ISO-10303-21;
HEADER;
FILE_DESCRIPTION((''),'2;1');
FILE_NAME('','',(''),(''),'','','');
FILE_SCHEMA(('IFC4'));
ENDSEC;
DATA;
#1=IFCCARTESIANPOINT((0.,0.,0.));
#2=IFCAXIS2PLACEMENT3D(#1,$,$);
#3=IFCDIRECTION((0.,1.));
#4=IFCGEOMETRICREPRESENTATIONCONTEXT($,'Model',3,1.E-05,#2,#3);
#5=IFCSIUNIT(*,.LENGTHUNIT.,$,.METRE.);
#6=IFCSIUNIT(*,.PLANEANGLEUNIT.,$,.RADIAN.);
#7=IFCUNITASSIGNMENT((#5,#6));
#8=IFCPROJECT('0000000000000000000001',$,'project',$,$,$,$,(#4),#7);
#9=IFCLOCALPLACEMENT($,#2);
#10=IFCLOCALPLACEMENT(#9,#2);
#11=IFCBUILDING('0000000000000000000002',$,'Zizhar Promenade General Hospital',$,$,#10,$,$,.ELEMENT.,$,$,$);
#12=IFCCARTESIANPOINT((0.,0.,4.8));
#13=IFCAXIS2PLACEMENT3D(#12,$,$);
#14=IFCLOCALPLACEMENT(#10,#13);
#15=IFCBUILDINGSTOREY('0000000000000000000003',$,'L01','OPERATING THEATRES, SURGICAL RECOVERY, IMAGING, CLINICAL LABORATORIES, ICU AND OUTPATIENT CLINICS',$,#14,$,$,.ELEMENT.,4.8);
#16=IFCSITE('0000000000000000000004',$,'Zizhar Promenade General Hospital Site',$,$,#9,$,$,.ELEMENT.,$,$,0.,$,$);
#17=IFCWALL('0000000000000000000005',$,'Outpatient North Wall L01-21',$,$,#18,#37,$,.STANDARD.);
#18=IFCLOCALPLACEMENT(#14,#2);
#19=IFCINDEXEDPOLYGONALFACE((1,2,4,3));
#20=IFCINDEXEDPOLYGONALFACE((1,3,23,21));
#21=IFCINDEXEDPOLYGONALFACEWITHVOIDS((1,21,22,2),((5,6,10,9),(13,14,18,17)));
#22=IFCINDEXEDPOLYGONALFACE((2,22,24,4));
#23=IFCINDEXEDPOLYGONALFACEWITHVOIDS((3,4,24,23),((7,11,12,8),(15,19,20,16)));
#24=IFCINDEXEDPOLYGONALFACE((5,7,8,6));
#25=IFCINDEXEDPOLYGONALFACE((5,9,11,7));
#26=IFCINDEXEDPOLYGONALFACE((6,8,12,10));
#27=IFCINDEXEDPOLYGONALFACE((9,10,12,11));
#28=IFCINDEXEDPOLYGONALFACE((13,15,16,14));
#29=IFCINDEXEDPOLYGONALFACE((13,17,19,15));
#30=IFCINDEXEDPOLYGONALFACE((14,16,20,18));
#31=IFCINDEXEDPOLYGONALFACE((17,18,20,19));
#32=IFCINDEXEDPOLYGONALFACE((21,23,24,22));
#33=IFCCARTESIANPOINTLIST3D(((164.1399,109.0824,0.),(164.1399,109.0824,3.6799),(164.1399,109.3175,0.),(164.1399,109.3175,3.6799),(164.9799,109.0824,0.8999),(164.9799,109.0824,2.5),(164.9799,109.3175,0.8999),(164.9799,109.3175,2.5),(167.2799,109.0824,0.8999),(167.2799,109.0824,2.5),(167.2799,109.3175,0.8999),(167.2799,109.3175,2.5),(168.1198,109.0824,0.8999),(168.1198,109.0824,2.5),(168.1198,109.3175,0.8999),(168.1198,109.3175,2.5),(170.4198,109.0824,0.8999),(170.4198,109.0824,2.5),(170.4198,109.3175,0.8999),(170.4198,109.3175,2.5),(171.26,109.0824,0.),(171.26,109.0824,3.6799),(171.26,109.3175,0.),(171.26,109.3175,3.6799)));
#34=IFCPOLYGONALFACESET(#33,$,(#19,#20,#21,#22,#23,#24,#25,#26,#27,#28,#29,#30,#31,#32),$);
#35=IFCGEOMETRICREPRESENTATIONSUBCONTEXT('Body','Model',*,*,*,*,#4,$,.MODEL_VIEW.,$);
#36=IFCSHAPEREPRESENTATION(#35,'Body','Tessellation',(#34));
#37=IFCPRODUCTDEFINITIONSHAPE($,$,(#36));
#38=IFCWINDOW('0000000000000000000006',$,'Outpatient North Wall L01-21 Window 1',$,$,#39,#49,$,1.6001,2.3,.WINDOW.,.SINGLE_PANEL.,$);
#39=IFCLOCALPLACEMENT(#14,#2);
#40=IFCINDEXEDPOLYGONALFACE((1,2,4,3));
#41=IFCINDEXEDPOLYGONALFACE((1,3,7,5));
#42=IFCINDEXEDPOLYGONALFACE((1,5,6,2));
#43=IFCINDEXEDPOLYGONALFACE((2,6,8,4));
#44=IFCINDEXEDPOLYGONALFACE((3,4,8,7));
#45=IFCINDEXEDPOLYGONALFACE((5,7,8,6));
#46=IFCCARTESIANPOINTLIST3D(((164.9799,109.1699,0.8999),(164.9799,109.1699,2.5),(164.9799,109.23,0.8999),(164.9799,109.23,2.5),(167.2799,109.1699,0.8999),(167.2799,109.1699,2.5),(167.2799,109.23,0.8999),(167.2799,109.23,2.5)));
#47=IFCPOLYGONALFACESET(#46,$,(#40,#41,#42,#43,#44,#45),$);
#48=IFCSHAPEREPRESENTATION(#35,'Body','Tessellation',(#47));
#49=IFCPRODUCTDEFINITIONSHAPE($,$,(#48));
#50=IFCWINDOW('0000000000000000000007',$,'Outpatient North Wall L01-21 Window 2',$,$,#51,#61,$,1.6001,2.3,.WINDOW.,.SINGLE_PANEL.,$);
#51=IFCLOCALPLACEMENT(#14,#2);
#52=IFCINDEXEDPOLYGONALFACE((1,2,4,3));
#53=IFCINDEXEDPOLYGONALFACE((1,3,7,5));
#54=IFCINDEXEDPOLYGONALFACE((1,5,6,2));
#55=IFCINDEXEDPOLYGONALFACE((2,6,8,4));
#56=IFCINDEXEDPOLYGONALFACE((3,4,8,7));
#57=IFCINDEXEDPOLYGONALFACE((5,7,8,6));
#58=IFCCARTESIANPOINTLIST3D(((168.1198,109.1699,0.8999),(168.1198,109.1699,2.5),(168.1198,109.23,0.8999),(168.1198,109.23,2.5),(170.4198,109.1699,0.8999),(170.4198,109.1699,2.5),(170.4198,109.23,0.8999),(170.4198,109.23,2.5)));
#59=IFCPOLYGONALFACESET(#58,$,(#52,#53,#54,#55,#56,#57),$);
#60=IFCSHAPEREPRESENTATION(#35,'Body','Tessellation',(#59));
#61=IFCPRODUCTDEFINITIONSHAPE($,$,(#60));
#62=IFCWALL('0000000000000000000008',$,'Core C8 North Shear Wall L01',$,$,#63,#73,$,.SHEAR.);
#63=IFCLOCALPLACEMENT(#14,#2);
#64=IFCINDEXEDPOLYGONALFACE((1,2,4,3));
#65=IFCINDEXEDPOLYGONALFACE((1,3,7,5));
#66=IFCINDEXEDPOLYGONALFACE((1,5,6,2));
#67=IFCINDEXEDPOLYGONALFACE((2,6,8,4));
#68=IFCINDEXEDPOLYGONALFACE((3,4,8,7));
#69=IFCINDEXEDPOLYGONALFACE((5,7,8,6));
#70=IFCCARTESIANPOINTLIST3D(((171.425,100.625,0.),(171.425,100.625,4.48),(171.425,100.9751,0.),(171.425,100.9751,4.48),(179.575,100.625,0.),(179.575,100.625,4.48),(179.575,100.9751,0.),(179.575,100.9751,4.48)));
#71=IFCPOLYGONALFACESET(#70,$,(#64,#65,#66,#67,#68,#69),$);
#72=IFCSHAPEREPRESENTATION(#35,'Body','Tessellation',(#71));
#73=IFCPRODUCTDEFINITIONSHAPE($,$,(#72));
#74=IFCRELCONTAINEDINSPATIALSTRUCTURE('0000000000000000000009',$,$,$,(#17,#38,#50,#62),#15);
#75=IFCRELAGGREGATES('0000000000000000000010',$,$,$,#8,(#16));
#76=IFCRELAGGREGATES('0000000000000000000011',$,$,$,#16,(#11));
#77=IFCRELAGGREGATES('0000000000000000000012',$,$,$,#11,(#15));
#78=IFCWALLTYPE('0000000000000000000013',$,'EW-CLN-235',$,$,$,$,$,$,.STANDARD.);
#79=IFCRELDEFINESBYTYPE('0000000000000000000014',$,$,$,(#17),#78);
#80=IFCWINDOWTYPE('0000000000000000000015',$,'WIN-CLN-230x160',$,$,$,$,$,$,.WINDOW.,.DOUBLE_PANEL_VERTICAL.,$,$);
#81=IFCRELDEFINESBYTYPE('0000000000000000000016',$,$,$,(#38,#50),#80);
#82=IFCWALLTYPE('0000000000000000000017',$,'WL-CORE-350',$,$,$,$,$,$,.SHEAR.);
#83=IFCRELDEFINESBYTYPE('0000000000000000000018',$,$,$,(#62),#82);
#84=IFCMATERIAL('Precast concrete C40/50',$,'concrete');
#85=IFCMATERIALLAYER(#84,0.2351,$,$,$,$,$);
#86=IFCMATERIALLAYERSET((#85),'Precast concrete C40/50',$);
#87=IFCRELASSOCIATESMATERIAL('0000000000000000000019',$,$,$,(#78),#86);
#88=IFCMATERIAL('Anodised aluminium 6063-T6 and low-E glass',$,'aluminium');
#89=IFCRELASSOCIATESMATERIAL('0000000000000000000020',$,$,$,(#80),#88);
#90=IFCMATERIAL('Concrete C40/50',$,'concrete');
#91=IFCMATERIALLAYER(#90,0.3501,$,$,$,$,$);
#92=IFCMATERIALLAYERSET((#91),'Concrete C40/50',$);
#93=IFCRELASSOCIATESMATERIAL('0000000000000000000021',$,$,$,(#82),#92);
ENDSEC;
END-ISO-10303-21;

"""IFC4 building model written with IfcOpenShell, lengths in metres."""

from ifc_helpers import new_model, si_unit, direction, frame, frame_2d, origin, place, context, subcontext, project, spatial, rectangle, extrude, material, layer, layer_set, type_object, element, fill, save


model = new_model("IFC4")

# Units and contexts
model_context = context("Model", 3, precision=1e-05, world=origin(), true_north=direction((0.0, 1.0)))
body_context = subcontext(model_context, "Body", "Model", "MODEL_VIEW")
ifc_project = project(units=[si_unit("LENGTHUNIT", "METRE"), si_unit("PLANEANGLEUNIT", "RADIAN")], contexts=[model_context])

# Site, building, storey
site_placement = place(None, origin())
site = spatial("IfcSite", under=ifc_project, at=site_placement, Name="Zizhar Promenade General Hospital Site", CompositionType="ELEMENT", RefElevation=0.0)
building_placement = place(site_placement, origin())
building = spatial("IfcBuilding", under=site, at=building_placement, Name="Zizhar Promenade General Hospital", CompositionType="ELEMENT")
storey_placement = place(building_placement, frame((0.0, 0.0, 4.8)))
storey = spatial("IfcBuildingStorey", under=building, at=storey_placement, Name="L01", Description="OPERATING THEATRES, SURGICAL RECOVERY, IMAGING, CLINICAL LABORATORIES, ICU AND OUTPATIENT CLINICS", CompositionType="ELEMENT", Elevation=4.8)

# Wall, openings, windows
ifc_material_1 = material(Name="Precast concrete C40/50", Category="concrete")
ifc_layer_1 = layer(ifc_material_1, 0.2351)
ifc_layer_set_1 = layer_set([ifc_layer_1], Name="Precast concrete C40/50")
wall_type_1 = type_object("IfcWallType", Name="EW-CLN-235", PredefinedType="STANDARD", material=ifc_layer_set_1)
wall_1_placement = place(storey_placement, frame((164.1399, 109.2, 0.0), z_axis=(0.0, 0.0, 1.0), x_axis=(1.0, 0.0, 0.0)))
wall_1 = element("IfcWall", 1, at=wall_1_placement, inside=storey, type_object=wall_type_1, Name="Outpatient North Wall L01-21", PredefinedType="STANDARD", context=body_context, shape_type="SweptSolid", body=[
    extrude(rectangle(XDim=7.1201, YDim=0.2351, at=frame_2d((3.5601, 0.0))), origin(), (0.0, 0.0, 1.0), 3.6799),
])
opening_1_placement = place(wall_1_placement, frame((0.8401, 0.0, 0.8999)))
opening_1 = element("IfcOpeningElement", 2, at=opening_1_placement, cuts=wall_1, PredefinedType="OPENING", context=body_context, shape_type="SweptSolid", body=[
    extrude(rectangle(XDim=2.3, YDim=1.6001, at=frame_2d((1.1499, 0.8))), frame((0.0, 0.1274, 0.0), z_axis=(0.0, -1.0, 0.0), x_axis=(1.0, 0.0, 0.0)), (0.0, 0.0, 1.0), 0.2551),
])
opening_2_placement = place(wall_1_placement, frame((3.98, 0.0, 0.8999)))
opening_2 = element("IfcOpeningElement", 3, at=opening_2_placement, cuts=wall_1, PredefinedType="OPENING", context=body_context, shape_type="SweptSolid", body=[
    extrude(rectangle(XDim=2.3, YDim=1.6001, at=frame_2d((1.1499, 0.8))), frame((0.0, 0.1274, 0.0), z_axis=(0.0, -1.0, 0.0), x_axis=(1.0, 0.0, 0.0)), (0.0, 0.0, 1.0), 0.2551),
])
ifc_material_2 = material(Name="Anodised aluminium 6063-T6 and low-E glass", Category="aluminium")
window_type = type_object("IfcWindowType", Name="WIN-CLN-230x160", PartitioningType="DOUBLE_PANEL_VERTICAL", PredefinedType="WINDOW", material=ifc_material_2)
window_1_placement = place(opening_1_placement, origin())
window_1 = element("IfcWindow", 4, at=window_1_placement, inside=storey, type_object=window_type, Name="Outpatient North Wall L01-21 Window 1", OverallHeight=1.6001, OverallWidth=2.3, PartitioningType="SINGLE_PANEL", PredefinedType="WINDOW", context=body_context, shape_type="SweptSolid", body=[
    extrude(rectangle(XDim=2.3, YDim=1.6001, at=frame_2d((1.1499, 0.8))), frame((0.0, 0.03, 0.0), z_axis=(0.0, -1.0, 0.0), x_axis=(1.0, 0.0, 0.0)), (0.0, 0.0, 1.0), 0.0601),
])
fill(opening_1, window_1)
window_2_placement = place(opening_2_placement, origin())
window_2 = element("IfcWindow", 5, at=window_2_placement, inside=storey, type_object=window_type, Name="Outpatient North Wall L01-21 Window 2", OverallHeight=1.6001, OverallWidth=2.3, PartitioningType="SINGLE_PANEL", PredefinedType="WINDOW", context=body_context, shape_type="SweptSolid", body=[
    extrude(rectangle(XDim=2.3, YDim=1.6001, at=frame_2d((1.1499, 0.8))), frame((0.0, 0.03, 0.0), z_axis=(0.0, -1.0, 0.0), x_axis=(1.0, 0.0, 0.0)), (0.0, 0.0, 1.0), 0.0601),
])
fill(opening_2, window_2)

# Wall
ifc_material_3 = material(Name="Concrete C40/50", Category="concrete")
ifc_layer_2 = layer(ifc_material_3, 0.3501)
ifc_layer_set_2 = layer_set([ifc_layer_2], Name="Concrete C40/50")
wall_type_2 = type_object("IfcWallType", Name="WL-CORE-350", PredefinedType="SHEAR", material=ifc_layer_set_2)
wall_2_placement = place(storey_placement, frame((171.425, 100.8, 0.0), z_axis=(0.0, 0.0, 1.0), x_axis=(1.0, 0.0, 0.0)))
element("IfcWall", 6, at=wall_2_placement, inside=storey, type_object=wall_type_2, Name="Core C8 North Shear Wall L01", PredefinedType="SHEAR", context=body_context, shape_type="SweptSolid", body=[
    extrude(rectangle(XDim=8.1499, YDim=0.3501, at=frame_2d((4.075, 0.0))), origin(), (0.0, 0.0, 1.0), 4.48),
])

save(model, "model.ifc")
